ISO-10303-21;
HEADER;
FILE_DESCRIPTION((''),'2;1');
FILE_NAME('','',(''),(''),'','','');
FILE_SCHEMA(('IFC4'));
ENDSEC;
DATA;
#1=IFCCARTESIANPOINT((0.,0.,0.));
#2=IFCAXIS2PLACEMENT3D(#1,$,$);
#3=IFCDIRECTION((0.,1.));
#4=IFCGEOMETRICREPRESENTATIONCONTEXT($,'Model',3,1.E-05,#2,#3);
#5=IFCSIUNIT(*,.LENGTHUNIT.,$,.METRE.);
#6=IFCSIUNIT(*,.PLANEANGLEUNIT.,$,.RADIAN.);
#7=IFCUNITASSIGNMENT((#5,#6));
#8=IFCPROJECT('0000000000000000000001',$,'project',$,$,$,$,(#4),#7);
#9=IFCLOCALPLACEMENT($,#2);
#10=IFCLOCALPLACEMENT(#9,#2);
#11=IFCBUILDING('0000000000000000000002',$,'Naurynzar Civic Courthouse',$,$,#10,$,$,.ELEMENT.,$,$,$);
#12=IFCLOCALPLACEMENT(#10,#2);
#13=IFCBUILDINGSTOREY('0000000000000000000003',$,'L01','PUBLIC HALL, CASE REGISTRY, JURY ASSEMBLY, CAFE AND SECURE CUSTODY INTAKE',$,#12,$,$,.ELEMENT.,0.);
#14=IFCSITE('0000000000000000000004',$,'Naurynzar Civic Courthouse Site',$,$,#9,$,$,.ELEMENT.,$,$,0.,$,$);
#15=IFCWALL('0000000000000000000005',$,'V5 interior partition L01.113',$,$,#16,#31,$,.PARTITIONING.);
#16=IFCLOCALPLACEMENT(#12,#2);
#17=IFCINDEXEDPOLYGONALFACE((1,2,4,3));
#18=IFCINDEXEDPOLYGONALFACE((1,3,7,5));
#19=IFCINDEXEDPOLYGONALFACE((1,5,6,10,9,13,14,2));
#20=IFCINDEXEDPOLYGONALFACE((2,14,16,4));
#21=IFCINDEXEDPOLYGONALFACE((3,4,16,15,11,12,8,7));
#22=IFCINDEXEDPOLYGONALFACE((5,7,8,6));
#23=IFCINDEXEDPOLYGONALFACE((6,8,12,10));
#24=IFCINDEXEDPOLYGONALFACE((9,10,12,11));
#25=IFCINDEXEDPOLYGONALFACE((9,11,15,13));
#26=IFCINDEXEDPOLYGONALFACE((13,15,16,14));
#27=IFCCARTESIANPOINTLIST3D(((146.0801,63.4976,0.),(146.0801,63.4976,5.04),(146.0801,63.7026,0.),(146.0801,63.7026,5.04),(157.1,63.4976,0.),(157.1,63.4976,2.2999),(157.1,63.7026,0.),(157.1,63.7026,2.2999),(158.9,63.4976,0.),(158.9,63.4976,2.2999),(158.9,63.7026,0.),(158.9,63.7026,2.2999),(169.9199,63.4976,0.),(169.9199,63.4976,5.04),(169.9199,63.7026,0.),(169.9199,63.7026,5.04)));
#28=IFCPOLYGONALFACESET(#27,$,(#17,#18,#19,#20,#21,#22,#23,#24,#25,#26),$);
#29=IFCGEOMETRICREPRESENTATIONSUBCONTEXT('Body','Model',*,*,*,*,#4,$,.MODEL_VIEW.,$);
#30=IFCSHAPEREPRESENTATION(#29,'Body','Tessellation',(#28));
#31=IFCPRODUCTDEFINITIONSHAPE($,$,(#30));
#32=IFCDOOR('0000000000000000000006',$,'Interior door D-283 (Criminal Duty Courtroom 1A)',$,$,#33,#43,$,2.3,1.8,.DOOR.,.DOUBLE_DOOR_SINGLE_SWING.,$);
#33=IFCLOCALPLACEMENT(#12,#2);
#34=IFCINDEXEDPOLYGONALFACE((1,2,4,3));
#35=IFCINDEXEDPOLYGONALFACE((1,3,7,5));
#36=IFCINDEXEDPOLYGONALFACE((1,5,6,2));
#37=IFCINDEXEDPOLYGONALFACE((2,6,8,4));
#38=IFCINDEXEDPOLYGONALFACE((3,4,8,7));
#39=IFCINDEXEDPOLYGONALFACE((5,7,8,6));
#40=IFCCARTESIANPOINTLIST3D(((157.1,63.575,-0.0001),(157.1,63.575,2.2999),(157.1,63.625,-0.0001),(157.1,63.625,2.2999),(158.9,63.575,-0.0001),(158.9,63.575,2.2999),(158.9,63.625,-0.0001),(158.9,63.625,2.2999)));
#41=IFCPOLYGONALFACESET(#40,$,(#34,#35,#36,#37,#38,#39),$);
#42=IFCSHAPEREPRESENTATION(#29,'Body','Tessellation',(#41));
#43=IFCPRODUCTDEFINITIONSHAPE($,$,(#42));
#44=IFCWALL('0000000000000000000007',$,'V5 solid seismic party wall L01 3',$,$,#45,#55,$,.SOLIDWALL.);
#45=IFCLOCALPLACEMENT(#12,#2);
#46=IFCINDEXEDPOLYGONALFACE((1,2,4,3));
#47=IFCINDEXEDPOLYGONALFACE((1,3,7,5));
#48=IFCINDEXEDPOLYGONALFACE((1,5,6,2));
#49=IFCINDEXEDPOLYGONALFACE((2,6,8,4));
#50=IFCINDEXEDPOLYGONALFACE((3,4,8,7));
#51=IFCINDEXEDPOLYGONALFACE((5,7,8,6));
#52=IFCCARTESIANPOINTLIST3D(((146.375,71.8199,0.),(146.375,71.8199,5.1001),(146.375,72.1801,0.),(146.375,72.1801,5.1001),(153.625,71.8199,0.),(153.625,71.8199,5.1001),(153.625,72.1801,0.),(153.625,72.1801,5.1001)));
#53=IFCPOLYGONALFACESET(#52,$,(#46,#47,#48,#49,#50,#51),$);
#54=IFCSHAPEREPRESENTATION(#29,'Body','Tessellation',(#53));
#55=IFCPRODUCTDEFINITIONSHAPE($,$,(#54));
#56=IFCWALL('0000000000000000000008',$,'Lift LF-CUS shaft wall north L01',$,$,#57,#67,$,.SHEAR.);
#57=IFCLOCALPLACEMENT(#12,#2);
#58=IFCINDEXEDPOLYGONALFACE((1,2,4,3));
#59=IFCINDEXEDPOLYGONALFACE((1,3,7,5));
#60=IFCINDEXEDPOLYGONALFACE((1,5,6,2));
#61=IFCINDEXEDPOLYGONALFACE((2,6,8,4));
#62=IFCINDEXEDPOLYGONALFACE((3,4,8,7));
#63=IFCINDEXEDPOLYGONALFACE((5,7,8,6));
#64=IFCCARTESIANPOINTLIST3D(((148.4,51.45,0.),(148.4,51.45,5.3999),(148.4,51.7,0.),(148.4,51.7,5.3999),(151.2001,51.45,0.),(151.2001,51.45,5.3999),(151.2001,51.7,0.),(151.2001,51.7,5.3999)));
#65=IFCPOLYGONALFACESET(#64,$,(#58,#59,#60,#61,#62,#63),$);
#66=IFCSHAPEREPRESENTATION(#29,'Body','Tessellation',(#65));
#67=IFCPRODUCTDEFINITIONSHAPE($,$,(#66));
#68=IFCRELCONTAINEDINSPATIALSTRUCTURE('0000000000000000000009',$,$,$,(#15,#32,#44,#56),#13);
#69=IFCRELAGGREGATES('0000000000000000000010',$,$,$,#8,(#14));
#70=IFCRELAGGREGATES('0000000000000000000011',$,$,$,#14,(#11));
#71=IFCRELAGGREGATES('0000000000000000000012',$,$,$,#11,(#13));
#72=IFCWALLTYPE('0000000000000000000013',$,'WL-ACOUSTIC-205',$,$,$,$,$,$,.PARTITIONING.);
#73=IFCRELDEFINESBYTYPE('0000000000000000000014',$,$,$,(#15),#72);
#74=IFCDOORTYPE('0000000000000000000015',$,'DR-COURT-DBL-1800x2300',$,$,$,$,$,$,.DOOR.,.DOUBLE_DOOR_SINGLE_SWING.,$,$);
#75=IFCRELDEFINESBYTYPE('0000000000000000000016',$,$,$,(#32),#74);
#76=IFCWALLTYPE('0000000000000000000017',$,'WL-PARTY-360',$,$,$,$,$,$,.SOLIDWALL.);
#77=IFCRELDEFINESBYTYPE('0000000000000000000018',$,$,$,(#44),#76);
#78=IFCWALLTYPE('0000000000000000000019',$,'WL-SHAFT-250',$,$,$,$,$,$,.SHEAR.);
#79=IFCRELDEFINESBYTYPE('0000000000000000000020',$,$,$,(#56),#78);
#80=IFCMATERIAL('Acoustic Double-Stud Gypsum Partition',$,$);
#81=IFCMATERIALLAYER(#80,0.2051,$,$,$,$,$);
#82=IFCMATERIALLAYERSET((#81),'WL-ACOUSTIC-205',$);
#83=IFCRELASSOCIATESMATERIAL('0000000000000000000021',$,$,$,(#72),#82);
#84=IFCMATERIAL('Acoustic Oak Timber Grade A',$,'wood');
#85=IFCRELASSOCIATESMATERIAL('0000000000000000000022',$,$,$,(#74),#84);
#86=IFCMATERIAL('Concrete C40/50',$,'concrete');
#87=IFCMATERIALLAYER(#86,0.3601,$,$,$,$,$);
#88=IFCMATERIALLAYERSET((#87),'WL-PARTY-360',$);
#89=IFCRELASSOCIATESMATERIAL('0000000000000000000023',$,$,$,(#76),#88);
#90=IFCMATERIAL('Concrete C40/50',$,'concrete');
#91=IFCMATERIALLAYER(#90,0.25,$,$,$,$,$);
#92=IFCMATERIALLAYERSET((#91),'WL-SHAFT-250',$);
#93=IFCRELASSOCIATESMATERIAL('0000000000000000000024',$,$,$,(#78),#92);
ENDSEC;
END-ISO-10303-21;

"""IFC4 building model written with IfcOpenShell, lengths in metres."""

from ifc_helpers import new_model, si_unit, direction, frame, frame_2d, origin, place, context, subcontext, project, spatial, rectangle, extrude, material, layer, layer_set, type_object, element, fill, save


model = new_model("IFC4")

# Units and contexts
model_context = context("Model", 3, precision=1e-05, world=origin(), true_north=direction((0.0, 1.0)))
body_context = subcontext(model_context, "Body", "Model", "MODEL_VIEW")
ifc_project = project(units=[si_unit("LENGTHUNIT", "METRE"), si_unit("PLANEANGLEUNIT", "RADIAN")], contexts=[model_context])

# Site, building, storey
site_placement = place(None, origin())
site = spatial("IfcSite", under=ifc_project, at=site_placement, Name="Naurynzar Civic Courthouse Site", CompositionType="ELEMENT", RefElevation=0.0)
building_placement = place(site_placement, origin())
building = spatial("IfcBuilding", under=site, at=building_placement, Name="Naurynzar Civic Courthouse", CompositionType="ELEMENT")
storey_placement = place(building_placement, origin())
storey = spatial("IfcBuildingStorey", under=building, at=storey_placement, Name="L01", Description="PUBLIC HALL, CASE REGISTRY, JURY ASSEMBLY, CAFE AND SECURE CUSTODY INTAKE", CompositionType="ELEMENT", Elevation=0.0)

# Wall, opening, door
ifc_material_1 = material(Name="Acoustic Double-Stud Gypsum Partition")
ifc_layer_1 = layer(ifc_material_1, 0.2051)
ifc_layer_set_1 = layer_set([ifc_layer_1], Name="WL-ACOUSTIC-205")
wall_type_1 = type_object("IfcWallType", Name="WL-ACOUSTIC-205", PredefinedType="PARTITIONING", material=ifc_layer_set_1)
wall_1_placement = place(storey_placement, frame((146.0801, 63.6001, 0.0), z_axis=(0.0, 0.0, 1.0), x_axis=(1.0, 0.0, 0.0)))
wall_1 = element("IfcWall", 1, at=wall_1_placement, inside=storey, type_object=wall_type_1, Name="V5 interior partition L01.113", PredefinedType="PARTITIONING", context=body_context, shape_type="SweptSolid", body=[
    extrude(rectangle(XDim=23.8398, YDim=0.2051, at=frame_2d((11.9199, 0.0))), origin(), (0.0, 0.0, 1.0), 5.04),
])
opening_placement = place(wall_1_placement, frame((11.02, 0.0, 0.0)))
opening = element("IfcOpeningElement", 2, at=opening_placement, cuts=wall_1, PredefinedType="OPENING", context=body_context, shape_type="SweptSolid", body=[
    extrude(rectangle(XDim=1.8, YDim=2.3, at=frame_2d((0.8999, 1.1499))), frame((0.0, 0.1125, 0.0), z_axis=(0.0, -1.0, 0.0), x_axis=(1.0, 0.0, 0.0)), (0.0, 0.0, 1.0), 0.2251),
])
ifc_material_2 = material(Name="Acoustic Oak Timber Grade A", Category="wood")
door_type = type_object("IfcDoorType", Name="DR-COURT-DBL-1800x2300", OperationType="DOUBLE_DOOR_SINGLE_SWING", PredefinedType="DOOR", material=ifc_material_2)
door_placement = place(opening_placement, origin())
door = element("IfcDoor", 3, at=door_placement, inside=storey, type_object=door_type, Name="Interior door D-283 (Criminal Duty Courtroom 1A)", OperationType="DOUBLE_DOOR_SINGLE_SWING", OverallHeight=2.3, OverallWidth=1.8, PredefinedType="DOOR", context=body_context, shape_type="SweptSolid", body=[
    extrude(rectangle(XDim=1.8, YDim=2.3, at=frame_2d((0.8999, 1.1499))), frame((0.0, 0.0249, 0.0), z_axis=(0.0, -1.0, 0.0), x_axis=(1.0, 0.0, 0.0)), (0.0, 0.0, 1.0), 0.05),
])
fill(opening, door)

# Walls
ifc_material_3 = material(Name="Concrete C40/50", Category="concrete")
ifc_layer_2 = layer(ifc_material_3, 0.3601)
ifc_layer_set_2 = layer_set([ifc_layer_2], Name="WL-PARTY-360")
wall_type_2 = type_object("IfcWallType", Name="WL-PARTY-360", PredefinedType="SOLIDWALL", material=ifc_layer_set_2)
wall_2_placement = place(storey_placement, frame((146.375, 72.0, 0.0), z_axis=(0.0, 0.0, 1.0), x_axis=(1.0, 0.0, 0.0)))
element("IfcWall", 4, at=wall_2_placement, inside=storey, type_object=wall_type_2, Name="V5 solid seismic party wall L01 3", PredefinedType="SOLIDWALL", context=body_context, shape_type="SweptSolid", body=[
    extrude(rectangle(XDim=7.25, YDim=0.3601, at=frame_2d((3.625, 0.0))), origin(), (0.0, 0.0, 1.0), 5.1001),
])
ifc_material_4 = material(Name="Concrete C40/50", Category="concrete")
ifc_layer_3 = layer(ifc_material_4, 0.25)
ifc_layer_set_3 = layer_set([ifc_layer_3], Name="WL-SHAFT-250")
wall_type_3 = type_object("IfcWallType", Name="WL-SHAFT-250", PredefinedType="SHEAR", material=ifc_layer_set_3)
wall_3_placement = place(storey_placement, frame((151.2, 51.575, 0.0), z_axis=(0.0, 0.0, 1.0), x_axis=(-1.0, 0.0, 0.0)))
element("IfcWall", 5, at=wall_3_placement, inside=storey, type_object=wall_type_3, Name="Lift LF-CUS shaft wall north L01", PredefinedType="SHEAR", context=body_context, shape_type="SweptSolid", body=[
    extrude(rectangle(XDim=2.8, YDim=0.25, at=frame_2d((1.3999, 0.0))), origin(), (0.0, 0.0, 1.0), 5.3999),
])

save(model, "model.ifc")
